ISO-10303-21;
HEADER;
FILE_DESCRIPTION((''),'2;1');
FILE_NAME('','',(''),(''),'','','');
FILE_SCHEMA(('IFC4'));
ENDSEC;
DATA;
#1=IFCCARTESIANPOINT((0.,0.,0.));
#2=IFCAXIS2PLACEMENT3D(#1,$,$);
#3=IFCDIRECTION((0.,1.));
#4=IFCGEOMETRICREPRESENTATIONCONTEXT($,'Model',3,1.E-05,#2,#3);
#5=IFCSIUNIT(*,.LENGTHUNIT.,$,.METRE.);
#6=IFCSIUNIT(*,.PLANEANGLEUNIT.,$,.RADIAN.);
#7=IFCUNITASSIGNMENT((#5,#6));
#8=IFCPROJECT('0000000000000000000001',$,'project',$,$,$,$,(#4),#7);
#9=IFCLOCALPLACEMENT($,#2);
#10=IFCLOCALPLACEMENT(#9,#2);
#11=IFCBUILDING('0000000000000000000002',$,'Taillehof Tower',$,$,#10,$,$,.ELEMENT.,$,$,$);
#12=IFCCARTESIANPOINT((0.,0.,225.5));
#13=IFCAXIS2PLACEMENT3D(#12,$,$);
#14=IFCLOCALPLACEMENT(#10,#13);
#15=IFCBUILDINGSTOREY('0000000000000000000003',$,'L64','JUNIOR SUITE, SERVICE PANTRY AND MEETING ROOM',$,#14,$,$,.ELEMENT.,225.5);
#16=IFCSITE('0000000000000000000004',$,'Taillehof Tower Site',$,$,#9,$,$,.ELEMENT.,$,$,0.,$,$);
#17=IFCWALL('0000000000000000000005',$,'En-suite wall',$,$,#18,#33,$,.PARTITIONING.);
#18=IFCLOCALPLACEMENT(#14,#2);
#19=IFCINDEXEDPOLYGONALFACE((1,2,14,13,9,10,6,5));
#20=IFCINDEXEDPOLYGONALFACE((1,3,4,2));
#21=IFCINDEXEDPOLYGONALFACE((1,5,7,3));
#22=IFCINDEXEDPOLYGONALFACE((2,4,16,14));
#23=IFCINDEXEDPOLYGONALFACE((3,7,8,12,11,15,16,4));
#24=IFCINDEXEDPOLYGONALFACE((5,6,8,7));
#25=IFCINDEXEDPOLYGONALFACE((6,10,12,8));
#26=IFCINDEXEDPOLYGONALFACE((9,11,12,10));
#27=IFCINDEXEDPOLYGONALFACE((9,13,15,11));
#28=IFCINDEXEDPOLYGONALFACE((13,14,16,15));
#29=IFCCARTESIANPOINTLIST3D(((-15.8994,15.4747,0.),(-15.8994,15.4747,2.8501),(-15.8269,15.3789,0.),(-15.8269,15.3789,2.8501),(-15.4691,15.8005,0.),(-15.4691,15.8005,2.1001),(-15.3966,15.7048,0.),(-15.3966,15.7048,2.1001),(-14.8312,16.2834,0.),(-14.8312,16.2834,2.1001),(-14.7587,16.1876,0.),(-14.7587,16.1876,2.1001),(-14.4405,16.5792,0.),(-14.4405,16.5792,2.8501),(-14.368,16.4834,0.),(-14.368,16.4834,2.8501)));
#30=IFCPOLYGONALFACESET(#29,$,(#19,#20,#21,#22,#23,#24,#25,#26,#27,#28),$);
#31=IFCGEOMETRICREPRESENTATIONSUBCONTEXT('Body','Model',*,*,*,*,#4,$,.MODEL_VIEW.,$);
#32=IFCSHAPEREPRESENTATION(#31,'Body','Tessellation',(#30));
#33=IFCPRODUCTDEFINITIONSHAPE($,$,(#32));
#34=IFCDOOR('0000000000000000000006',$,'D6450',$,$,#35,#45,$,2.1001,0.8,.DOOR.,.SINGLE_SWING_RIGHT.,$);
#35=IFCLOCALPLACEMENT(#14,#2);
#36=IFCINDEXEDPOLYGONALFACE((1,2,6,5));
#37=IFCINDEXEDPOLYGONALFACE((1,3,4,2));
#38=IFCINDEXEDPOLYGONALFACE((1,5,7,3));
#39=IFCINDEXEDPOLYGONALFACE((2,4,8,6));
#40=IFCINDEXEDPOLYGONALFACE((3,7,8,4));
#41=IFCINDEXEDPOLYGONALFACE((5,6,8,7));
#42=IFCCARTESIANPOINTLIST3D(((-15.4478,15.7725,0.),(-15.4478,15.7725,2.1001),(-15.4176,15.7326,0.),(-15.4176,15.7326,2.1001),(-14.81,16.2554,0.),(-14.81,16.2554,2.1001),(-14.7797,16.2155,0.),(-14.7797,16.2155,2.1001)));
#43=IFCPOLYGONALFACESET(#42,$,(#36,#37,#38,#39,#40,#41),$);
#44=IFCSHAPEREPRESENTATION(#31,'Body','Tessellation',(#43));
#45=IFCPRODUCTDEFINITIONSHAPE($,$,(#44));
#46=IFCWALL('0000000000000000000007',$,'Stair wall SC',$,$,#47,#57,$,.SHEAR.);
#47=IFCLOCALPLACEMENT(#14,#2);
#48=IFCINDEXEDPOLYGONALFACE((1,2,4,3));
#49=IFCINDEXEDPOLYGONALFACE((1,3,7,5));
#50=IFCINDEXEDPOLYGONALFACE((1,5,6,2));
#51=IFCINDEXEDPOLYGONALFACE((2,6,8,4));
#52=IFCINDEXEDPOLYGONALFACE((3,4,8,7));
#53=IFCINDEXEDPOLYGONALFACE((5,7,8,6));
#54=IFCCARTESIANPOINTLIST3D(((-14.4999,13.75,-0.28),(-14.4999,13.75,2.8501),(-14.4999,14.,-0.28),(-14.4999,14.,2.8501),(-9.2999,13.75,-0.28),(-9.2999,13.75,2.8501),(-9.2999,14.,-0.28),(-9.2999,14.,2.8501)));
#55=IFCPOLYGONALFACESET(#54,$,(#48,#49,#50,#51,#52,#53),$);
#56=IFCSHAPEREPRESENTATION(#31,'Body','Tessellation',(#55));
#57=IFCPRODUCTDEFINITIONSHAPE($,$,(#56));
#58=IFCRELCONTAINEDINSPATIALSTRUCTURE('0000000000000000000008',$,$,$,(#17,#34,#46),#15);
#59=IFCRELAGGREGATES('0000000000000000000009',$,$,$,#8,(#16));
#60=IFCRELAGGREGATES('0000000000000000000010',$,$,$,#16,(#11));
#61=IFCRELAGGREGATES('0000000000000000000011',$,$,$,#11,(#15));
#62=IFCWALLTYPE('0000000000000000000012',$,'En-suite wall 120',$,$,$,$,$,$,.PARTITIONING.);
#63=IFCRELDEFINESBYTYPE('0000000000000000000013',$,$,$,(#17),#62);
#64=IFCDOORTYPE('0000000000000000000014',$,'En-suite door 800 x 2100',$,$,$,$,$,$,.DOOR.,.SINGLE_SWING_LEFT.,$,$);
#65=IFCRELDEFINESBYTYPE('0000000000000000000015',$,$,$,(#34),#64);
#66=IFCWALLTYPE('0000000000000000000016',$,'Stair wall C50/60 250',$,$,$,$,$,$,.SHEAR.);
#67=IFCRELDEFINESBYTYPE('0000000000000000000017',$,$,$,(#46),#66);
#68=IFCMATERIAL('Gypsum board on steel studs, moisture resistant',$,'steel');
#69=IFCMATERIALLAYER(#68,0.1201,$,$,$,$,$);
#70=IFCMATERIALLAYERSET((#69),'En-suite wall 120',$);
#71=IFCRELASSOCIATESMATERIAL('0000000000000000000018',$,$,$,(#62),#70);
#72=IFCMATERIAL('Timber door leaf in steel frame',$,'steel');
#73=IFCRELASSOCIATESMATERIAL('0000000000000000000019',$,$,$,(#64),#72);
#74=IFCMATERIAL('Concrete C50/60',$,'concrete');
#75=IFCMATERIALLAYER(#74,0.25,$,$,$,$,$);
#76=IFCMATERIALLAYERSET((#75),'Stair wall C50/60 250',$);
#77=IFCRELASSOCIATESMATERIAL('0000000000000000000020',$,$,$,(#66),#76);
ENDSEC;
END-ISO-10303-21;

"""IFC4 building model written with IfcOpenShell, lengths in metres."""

from ifc_helpers import new_model, si_unit, direction, frame, frame_2d, origin, place, context, subcontext, project, spatial, rectangle, extrude, material, layer, layer_set, type_object, element, fill, save


model = new_model("IFC4")

# Units and contexts
model_context = context("Model", 3, precision=1e-05, world=origin(), true_north=direction((0.0, 1.0)))
body_context = subcontext(model_context, "Body", "Model", "MODEL_VIEW")
ifc_project = project(units=[si_unit("LENGTHUNIT", "METRE"), si_unit("PLANEANGLEUNIT", "RADIAN")], contexts=[model_context])

# Site, building, storey
site_placement = place(None, origin())
site = spatial("IfcSite", under=ifc_project, at=site_placement, Name="Taillehof Tower Site", CompositionType="ELEMENT", RefElevation=0.0)
building_placement = place(site_placement, origin())
building = spatial("IfcBuilding", under=site, at=building_placement, Name="Taillehof Tower", CompositionType="ELEMENT")
storey_placement = place(building_placement, frame((0.0, 0.0, 225.5)))
storey = spatial("IfcBuildingStorey", under=building, at=storey_placement, Name="L64", Description="JUNIOR SUITE, SERVICE PANTRY AND MEETING ROOM", CompositionType="ELEMENT", Elevation=225.5)

# Shared definitions
ifc_material_1 = material(Name="Gypsum board on steel studs, moisture resistant", Category="steel")
ifc_layer_1 = layer(ifc_material_1, 0.1201)
ifc_layer_set_1 = layer_set([ifc_layer_1], Name="En-suite wall 120")
wall_type_1 = type_object("IfcWallType", Name="En-suite wall 120", PredefinedType="PARTITIONING", material=ifc_layer_set_1)

# Wall, opening, door
wall_1_placement = place(storey_placement, frame((-15.8633, 15.4268, 0.0), z_axis=(0.0, 0.0, 1.0), x_axis=(0.797302, 0.60358, 0.0)))
wall_1 = element("IfcWall", 1, at=wall_1_placement, inside=storey, type_object=wall_type_1, Name="En-suite wall", PredefinedType="PARTITIONING", context=body_context, shape_type="SweptSolid", body=[
    extrude(rectangle(XDim=1.8298, YDim=0.1201, at=frame_2d((0.915, 0.0))), origin(), (0.0, 0.0, 1.0), 2.8501),
])
opening_1_placement = place(wall_1_placement, frame((0.54, 0.0, 0.0)))
opening_1 = element("IfcOpeningElement", 2, at=opening_1_placement, cuts=wall_1, PredefinedType="OPENING", context=body_context, shape_type="SweptSolid", body=[
    extrude(rectangle(XDim=0.8, YDim=2.1001, at=frame_2d((0.3999, 1.05))), frame((0.0, 0.0701, 0.0), z_axis=(0.0, -1.0, 0.0), x_axis=(1.0, 0.0, 0.0)), (0.0, 0.0, 1.0), 0.1401),
])
ifc_material_2 = material(Name="Timber door leaf in steel frame", Category="steel")
door_type = type_object("IfcDoorType", Name="En-suite door 800 x 2100", OperationType="SINGLE_SWING_LEFT", PredefinedType="DOOR", material=ifc_material_2)
door_placement = place(opening_1_placement, origin())
door = element("IfcDoor", 3, at=door_placement, inside=storey, type_object=door_type, Name="D6450", OperationType="SINGLE_SWING_RIGHT", OverallHeight=2.1001, OverallWidth=0.8, PredefinedType="DOOR", context=body_context, shape_type="SweptSolid", body=[
    extrude(rectangle(XDim=0.8, YDim=2.1001, at=frame_2d((0.3999, 1.05))), frame((0.0, 0.0249, 0.0), z_axis=(0.0, -1.0, 0.0), x_axis=(1.0, 0.0, 0.0)), (0.0, 0.0, 1.0), 0.05),
])
fill(opening_1, door)

# Wall
ifc_material_3 = material(Name="Concrete C50/60", Category="concrete")
ifc_layer_2 = layer(ifc_material_3, 0.25)
ifc_layer_set_2 = layer_set([ifc_layer_2], Name="Stair wall C50/60 250")
wall_type_2 = type_object("IfcWallType", Name="Stair wall C50/60 250", PredefinedType="SHEAR", material=ifc_layer_set_2)
wall_2_placement = place(storey_placement, frame((-14.5, 13.875, -0.28), z_axis=(0.0, 0.0, 1.0), x_axis=(1.0, 0.0, 0.0)))
element("IfcWall", 4, at=wall_2_placement, inside=storey, type_object=wall_type_2, Name="Stair wall SC", PredefinedType="SHEAR", context=body_context, shape_type="SweptSolid", body=[
    extrude(rectangle(XDim=5.2, YDim=0.25, at=frame_2d((2.6001, 0.0))), origin(), (0.0, 0.0, 1.0), 3.1301),
])

save(model, "model.ifc")
